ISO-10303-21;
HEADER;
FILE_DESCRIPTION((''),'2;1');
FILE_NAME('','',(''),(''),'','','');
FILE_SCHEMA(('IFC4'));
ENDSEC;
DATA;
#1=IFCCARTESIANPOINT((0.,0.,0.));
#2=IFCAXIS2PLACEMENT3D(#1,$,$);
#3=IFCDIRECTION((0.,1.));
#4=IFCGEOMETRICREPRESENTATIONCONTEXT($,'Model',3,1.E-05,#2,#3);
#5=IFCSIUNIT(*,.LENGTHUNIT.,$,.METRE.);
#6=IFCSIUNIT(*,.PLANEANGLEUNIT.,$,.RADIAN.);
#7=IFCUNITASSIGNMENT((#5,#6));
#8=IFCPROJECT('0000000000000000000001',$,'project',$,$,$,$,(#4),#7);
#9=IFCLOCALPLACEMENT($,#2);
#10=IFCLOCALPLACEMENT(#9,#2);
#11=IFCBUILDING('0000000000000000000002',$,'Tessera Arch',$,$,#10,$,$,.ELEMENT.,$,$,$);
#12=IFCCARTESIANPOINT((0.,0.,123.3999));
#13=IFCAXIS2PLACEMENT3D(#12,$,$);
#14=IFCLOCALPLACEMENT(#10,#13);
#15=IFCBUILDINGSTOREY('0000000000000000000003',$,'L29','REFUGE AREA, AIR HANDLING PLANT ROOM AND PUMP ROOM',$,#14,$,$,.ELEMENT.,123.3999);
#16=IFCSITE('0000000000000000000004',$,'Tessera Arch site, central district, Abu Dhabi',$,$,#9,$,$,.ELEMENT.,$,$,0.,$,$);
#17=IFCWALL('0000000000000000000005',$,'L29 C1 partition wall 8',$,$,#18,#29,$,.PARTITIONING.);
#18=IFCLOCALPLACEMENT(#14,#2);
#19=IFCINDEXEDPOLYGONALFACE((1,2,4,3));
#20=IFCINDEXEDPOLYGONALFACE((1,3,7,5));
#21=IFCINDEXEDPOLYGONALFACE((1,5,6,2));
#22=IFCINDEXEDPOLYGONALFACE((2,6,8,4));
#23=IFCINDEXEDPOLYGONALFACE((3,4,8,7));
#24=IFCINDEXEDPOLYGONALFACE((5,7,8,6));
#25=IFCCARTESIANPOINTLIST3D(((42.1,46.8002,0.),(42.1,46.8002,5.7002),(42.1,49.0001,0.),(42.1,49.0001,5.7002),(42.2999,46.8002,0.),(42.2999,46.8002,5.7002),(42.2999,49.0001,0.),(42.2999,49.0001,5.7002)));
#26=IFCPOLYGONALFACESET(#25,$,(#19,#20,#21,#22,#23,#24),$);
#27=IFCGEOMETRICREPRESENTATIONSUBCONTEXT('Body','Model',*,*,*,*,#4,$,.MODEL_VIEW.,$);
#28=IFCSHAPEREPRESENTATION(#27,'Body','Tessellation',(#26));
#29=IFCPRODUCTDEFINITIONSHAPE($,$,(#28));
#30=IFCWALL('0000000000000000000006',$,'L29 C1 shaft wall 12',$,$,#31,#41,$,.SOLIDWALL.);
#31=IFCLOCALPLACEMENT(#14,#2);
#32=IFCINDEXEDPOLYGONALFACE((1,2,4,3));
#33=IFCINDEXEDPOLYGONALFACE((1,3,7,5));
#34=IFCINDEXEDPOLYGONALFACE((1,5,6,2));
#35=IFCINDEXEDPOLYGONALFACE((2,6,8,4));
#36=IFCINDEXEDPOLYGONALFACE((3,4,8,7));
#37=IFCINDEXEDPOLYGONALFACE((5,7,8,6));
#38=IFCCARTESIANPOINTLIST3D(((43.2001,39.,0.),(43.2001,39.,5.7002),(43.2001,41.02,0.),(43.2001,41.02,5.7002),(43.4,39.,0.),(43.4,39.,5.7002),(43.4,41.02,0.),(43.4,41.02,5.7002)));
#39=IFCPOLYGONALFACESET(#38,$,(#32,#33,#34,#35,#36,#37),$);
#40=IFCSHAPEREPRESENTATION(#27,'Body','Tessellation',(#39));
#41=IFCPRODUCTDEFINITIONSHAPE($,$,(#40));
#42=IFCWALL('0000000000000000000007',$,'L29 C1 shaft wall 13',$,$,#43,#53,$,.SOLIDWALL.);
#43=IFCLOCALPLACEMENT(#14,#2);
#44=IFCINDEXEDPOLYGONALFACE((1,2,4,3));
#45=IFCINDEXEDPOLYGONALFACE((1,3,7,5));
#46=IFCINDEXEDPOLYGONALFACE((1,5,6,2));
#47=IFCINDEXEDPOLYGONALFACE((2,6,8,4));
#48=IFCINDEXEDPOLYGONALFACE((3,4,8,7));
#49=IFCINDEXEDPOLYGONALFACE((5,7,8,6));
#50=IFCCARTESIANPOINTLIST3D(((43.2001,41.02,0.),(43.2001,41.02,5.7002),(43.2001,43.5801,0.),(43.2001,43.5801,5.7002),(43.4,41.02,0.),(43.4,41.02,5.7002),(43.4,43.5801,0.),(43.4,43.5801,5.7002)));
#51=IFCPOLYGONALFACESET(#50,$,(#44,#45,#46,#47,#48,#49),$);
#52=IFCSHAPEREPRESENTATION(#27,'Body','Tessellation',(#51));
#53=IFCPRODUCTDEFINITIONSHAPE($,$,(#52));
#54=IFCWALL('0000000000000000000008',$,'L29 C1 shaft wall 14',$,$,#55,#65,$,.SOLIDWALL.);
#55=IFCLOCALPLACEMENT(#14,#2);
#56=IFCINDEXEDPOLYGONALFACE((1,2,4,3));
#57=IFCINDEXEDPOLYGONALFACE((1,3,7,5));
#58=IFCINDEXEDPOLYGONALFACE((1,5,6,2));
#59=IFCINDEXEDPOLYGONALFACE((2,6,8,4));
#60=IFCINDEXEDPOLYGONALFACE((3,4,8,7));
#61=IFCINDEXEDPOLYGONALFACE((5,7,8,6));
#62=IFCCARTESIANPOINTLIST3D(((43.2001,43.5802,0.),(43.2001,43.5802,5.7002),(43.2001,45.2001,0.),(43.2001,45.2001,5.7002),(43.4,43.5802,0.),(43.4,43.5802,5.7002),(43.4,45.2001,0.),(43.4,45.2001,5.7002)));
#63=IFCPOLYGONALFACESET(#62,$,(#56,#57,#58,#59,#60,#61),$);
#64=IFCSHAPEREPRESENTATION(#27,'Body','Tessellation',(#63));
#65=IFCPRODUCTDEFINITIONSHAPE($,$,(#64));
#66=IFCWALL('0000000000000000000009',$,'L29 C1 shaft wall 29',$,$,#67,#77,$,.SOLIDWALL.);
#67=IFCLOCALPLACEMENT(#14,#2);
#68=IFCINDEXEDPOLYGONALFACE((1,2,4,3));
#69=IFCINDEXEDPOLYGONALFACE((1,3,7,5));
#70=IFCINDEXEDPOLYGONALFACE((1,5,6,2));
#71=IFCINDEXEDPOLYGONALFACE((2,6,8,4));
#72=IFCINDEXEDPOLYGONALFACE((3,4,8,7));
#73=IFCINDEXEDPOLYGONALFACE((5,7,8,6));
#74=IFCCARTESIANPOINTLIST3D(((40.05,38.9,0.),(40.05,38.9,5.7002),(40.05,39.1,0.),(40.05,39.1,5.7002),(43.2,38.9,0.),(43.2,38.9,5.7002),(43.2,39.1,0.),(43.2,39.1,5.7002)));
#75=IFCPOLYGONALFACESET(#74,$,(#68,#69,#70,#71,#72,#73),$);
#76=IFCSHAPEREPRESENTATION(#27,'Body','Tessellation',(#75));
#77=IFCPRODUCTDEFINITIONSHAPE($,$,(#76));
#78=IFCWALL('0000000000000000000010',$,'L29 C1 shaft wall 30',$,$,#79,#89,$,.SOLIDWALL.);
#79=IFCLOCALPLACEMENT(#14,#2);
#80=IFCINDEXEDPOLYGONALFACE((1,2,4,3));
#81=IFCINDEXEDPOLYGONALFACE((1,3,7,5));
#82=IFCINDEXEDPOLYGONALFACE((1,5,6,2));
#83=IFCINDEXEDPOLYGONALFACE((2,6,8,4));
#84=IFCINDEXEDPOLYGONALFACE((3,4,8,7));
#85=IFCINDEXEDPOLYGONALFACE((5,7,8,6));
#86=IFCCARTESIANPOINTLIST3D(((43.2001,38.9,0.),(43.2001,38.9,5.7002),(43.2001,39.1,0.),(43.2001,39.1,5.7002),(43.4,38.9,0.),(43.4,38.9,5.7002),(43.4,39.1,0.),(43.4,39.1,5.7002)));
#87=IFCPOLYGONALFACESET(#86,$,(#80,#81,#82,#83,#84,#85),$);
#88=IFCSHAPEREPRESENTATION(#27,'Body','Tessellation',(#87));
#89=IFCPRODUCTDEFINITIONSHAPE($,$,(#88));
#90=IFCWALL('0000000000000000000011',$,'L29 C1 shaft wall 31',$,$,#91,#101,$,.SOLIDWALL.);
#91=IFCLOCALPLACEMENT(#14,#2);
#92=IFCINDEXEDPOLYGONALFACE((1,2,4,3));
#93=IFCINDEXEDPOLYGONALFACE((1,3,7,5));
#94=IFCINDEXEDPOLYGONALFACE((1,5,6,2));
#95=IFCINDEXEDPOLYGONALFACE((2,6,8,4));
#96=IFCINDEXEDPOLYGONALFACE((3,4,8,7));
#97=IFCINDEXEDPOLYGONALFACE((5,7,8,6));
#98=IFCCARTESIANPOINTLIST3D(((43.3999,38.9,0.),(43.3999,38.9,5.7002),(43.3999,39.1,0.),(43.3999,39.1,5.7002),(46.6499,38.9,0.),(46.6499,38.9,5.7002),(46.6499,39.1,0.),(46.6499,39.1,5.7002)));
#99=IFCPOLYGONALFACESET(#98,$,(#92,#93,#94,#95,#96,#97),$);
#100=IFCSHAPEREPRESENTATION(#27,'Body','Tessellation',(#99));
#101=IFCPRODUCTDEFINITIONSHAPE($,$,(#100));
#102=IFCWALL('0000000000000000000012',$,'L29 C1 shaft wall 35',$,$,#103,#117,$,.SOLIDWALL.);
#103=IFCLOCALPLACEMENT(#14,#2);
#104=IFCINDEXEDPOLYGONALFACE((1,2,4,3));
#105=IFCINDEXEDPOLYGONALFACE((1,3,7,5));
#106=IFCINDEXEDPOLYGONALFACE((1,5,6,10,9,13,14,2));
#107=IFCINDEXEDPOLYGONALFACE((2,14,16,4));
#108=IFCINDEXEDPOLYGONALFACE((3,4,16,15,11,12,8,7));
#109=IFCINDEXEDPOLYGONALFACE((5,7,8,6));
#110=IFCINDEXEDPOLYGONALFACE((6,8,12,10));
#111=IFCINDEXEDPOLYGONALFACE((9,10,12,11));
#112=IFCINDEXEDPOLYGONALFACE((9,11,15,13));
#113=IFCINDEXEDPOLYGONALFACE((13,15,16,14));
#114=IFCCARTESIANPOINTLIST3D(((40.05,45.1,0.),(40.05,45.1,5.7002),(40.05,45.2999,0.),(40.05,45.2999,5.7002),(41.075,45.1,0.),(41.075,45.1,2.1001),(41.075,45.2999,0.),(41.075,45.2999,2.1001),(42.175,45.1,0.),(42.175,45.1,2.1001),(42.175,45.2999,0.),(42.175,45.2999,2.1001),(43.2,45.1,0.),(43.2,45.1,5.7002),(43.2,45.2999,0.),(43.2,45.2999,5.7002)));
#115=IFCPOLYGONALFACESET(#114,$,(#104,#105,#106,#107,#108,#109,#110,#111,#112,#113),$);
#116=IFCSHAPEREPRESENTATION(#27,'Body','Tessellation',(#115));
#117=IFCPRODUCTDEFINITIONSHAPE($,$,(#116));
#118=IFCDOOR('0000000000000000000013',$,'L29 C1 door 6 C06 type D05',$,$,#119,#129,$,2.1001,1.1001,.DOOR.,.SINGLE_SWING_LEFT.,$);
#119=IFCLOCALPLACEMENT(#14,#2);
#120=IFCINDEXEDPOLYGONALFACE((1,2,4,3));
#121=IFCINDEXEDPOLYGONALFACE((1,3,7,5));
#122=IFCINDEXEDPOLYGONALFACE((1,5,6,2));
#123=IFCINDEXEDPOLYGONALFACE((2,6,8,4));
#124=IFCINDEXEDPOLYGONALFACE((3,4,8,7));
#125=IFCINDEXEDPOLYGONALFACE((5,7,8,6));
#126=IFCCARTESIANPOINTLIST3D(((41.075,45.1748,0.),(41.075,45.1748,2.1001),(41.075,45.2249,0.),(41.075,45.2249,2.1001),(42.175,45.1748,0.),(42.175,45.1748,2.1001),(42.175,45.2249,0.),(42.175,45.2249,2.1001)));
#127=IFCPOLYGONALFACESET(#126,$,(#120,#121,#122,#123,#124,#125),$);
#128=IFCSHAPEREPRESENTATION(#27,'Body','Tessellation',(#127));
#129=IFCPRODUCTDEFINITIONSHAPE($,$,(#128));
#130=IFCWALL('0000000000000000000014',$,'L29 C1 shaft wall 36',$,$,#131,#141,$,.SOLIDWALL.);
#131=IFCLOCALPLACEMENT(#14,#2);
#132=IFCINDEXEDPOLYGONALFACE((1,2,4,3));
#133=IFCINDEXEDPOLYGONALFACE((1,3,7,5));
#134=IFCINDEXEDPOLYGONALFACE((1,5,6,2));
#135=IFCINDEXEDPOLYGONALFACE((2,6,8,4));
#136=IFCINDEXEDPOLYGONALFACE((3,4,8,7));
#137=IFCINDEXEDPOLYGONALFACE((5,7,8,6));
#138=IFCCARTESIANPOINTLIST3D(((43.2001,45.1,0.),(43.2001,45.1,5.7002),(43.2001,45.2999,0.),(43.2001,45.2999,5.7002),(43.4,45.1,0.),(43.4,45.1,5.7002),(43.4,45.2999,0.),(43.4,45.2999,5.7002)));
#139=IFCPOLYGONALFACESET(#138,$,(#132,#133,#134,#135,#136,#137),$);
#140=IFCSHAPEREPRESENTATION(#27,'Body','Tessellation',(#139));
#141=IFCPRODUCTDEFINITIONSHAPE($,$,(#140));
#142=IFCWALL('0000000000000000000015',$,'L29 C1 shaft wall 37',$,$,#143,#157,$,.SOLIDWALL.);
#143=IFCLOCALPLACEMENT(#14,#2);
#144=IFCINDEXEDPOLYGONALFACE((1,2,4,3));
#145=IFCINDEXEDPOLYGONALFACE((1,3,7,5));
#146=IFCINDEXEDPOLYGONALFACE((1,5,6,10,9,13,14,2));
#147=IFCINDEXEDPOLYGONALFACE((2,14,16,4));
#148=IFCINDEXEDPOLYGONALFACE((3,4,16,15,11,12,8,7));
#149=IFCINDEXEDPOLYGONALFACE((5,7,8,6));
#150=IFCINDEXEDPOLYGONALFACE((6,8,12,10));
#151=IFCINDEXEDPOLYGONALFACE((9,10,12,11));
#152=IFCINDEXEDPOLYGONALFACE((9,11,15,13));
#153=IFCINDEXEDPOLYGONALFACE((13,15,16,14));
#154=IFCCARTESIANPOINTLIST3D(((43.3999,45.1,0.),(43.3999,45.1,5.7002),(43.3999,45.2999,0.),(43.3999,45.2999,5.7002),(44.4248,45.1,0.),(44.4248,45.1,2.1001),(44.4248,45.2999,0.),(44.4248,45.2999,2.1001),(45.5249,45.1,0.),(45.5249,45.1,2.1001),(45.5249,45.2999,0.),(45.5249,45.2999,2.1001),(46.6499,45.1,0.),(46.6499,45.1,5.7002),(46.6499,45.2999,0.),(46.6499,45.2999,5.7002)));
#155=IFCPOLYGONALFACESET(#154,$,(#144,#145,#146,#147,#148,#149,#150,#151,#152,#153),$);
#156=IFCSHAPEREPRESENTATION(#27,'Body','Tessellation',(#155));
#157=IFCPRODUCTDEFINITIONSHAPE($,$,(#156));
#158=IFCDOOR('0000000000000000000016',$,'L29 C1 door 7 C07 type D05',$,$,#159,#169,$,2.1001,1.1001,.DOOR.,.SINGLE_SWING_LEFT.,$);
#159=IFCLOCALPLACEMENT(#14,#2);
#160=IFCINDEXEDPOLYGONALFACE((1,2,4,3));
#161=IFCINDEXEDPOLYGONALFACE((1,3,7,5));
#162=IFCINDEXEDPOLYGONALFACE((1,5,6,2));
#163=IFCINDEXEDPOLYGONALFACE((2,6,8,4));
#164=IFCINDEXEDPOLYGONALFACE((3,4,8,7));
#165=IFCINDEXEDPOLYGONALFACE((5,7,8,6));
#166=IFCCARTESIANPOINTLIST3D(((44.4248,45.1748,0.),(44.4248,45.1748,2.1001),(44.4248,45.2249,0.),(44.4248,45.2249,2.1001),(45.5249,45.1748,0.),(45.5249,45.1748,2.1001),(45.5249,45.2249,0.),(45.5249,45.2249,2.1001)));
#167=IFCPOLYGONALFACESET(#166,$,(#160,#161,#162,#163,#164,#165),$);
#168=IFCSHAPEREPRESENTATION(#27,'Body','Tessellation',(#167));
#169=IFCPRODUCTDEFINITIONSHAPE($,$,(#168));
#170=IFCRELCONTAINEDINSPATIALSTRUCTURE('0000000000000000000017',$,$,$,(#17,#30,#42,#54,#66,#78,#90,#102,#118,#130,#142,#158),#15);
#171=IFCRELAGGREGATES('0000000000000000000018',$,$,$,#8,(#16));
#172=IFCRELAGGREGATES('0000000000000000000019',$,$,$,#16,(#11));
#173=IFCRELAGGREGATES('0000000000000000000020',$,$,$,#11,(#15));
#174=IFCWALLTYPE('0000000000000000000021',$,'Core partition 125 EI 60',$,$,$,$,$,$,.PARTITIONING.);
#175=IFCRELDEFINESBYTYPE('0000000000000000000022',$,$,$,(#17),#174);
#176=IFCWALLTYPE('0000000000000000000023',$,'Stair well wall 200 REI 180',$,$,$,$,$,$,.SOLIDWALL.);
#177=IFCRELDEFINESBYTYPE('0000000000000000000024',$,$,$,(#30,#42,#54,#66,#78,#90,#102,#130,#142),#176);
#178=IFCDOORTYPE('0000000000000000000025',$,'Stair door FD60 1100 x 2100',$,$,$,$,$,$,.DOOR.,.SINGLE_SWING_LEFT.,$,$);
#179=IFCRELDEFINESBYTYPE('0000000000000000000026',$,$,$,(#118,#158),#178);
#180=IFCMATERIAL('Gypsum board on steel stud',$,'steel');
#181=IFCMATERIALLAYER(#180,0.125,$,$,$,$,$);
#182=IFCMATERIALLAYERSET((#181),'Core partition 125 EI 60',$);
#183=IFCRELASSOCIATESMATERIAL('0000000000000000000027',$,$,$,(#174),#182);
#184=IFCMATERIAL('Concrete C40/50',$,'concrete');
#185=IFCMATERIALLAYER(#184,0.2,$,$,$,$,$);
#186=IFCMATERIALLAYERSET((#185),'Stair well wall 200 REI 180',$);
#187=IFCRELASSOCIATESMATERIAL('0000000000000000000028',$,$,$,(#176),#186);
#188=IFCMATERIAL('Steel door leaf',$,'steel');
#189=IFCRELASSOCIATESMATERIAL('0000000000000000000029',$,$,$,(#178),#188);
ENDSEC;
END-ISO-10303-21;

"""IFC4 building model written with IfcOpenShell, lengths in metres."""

from ifc_helpers import new_model, si_unit, direction, frame, frame_2d, origin, place, context, subcontext, project, spatial, rectangle, extrude, material, layer, layer_set, type_object, element, fill, save


model = new_model("IFC4")

# Units and contexts
model_context = context("Model", 3, precision=1e-05, world=origin(), true_north=direction((0.0, 1.0)))
body_context = subcontext(model_context, "Body", "Model", "MODEL_VIEW")
ifc_project = project(units=[si_unit("LENGTHUNIT", "METRE"), si_unit("PLANEANGLEUNIT", "RADIAN")], contexts=[model_context])

# Site, building, storey
site_placement = place(None, origin())
site = spatial("IfcSite", under=ifc_project, at=site_placement, Name="Tessera Arch site, central district, Abu Dhabi", CompositionType="ELEMENT", RefElevation=0.0)
building_placement = place(site_placement, origin())
building = spatial("IfcBuilding", under=site, at=building_placement, Name="Tessera Arch", CompositionType="ELEMENT")
storey_placement = place(building_placement, frame((0.0, 0.0, 123.3999)))
storey = spatial("IfcBuildingStorey", under=building, at=storey_placement, Name="L29", Description="REFUGE AREA, AIR HANDLING PLANT ROOM AND PUMP ROOM", CompositionType="ELEMENT", Elevation=123.3999)

# Walls
ifc_material_1 = material(Name="Gypsum board on steel stud", Category="steel")
ifc_layer_1 = layer(ifc_material_1, 0.125)
ifc_layer_set_1 = layer_set([ifc_layer_1], Name="Core partition 125 EI 60")
wall_type_1 = type_object("IfcWallType", Name="Core partition 125 EI 60", PredefinedType="PARTITIONING", material=ifc_layer_set_1)
wall_1_placement = place(storey_placement, frame((42.2, 46.8, 0.0), z_axis=(0.0, 0.0, 1.0), x_axis=(0.0, 1.0, 0.0)))
element("IfcWall", 1, at=wall_1_placement, inside=storey, type_object=wall_type_1, Name="L29 C1 partition wall 8", PredefinedType="PARTITIONING", context=body_context, shape_type="SweptSolid", body=[
    extrude(rectangle(XDim=2.2, YDim=0.2, at=frame_2d((1.1001, 0.0))), origin(), (0.0, 0.0, 1.0), 5.7002),
])
ifc_material_2 = material(Name="Concrete C40/50", Category="concrete")
ifc_layer_2 = layer(ifc_material_2, 0.2)
ifc_layer_set_2 = layer_set([ifc_layer_2], Name="Stair well wall 200 REI 180")
wall_type_2 = type_object("IfcWallType", Name="Stair well wall 200 REI 180", PredefinedType="SOLIDWALL", material=ifc_layer_set_2)
wall_2_placement = place(storey_placement, frame((43.3, 39.0, 0.0), z_axis=(0.0, 0.0, 1.0), x_axis=(0.0, 1.0, 0.0)))
element("IfcWall", 2, at=wall_2_placement, inside=storey, type_object=wall_type_2, Name="L29 C1 shaft wall 12", PredefinedType="SOLIDWALL", context=body_context, shape_type="SweptSolid", body=[
    extrude(rectangle(XDim=2.02, YDim=0.2, at=frame_2d((1.01, 0.0))), origin(), (0.0, 0.0, 1.0), 5.7002),
])
wall_3_placement = place(storey_placement, frame((43.3, 41.02, 0.0), z_axis=(0.0, 0.0, 1.0), x_axis=(0.0, 1.0, 0.0)))
element("IfcWall", 3, at=wall_3_placement, inside=storey, type_object=wall_type_2, Name="L29 C1 shaft wall 13", PredefinedType="SOLIDWALL", context=body_context, shape_type="SweptSolid", body=[
    extrude(rectangle(XDim=2.5601, YDim=0.2, at=frame_2d((1.28, 0.0))), origin(), (0.0, 0.0, 1.0), 5.7002),
])
wall_4_placement = place(storey_placement, frame((43.3, 43.5801, 0.0), z_axis=(0.0, 0.0, 1.0), x_axis=(0.0, 1.0, 0.0)))
element("IfcWall", 4, at=wall_4_placement, inside=storey, type_object=wall_type_2, Name="L29 C1 shaft wall 14", PredefinedType="SOLIDWALL", context=body_context, shape_type="SweptSolid", body=[
    extrude(rectangle(XDim=1.6199, YDim=0.2, at=frame_2d((0.8101, 0.0))), origin(), (0.0, 0.0, 1.0), 5.7002),
])
wall_5_placement = place(storey_placement, frame((40.05, 39.0, 0.0), z_axis=(0.0, 0.0, 1.0), x_axis=(1.0, 0.0, 0.0)))
element("IfcWall", 5, at=wall_5_placement, inside=storey, type_object=wall_type_2, Name="L29 C1 shaft wall 29", PredefinedType="SOLIDWALL", context=body_context, shape_type="SweptSolid", body=[
    extrude(rectangle(XDim=3.1499, YDim=0.2, at=frame_2d((1.575, 0.0))), origin(), (0.0, 0.0, 1.0), 5.7002),
])
wall_6_placement = place(storey_placement, frame((43.2, 39.0, 0.0), z_axis=(0.0, 0.0, 1.0), x_axis=(1.0, 0.0, 0.0)))
element("IfcWall", 6, at=wall_6_placement, inside=storey, type_object=wall_type_2, Name="L29 C1 shaft wall 30", PredefinedType="SOLIDWALL", context=body_context, shape_type="SweptSolid", body=[
    extrude(rectangle(XDim=0.2, YDim=0.2, at=frame_2d((0.1001, 0.0))), origin(), (0.0, 0.0, 1.0), 5.7002),
])
wall_7_placement = place(storey_placement, frame((43.3999, 39.0, 0.0), z_axis=(0.0, 0.0, 1.0), x_axis=(1.0, 0.0, 0.0)))
element("IfcWall", 7, at=wall_7_placement, inside=storey, type_object=wall_type_2, Name="L29 C1 shaft wall 31", PredefinedType="SOLIDWALL", context=body_context, shape_type="SweptSolid", body=[
    extrude(rectangle(XDim=3.25, YDim=0.2, at=frame_2d((1.625, 0.0))), origin(), (0.0, 0.0, 1.0), 5.7002),
])

# Wall, opening, door
wall_8_placement = place(storey_placement, frame((40.05, 45.2, 0.0), z_axis=(0.0, 0.0, 1.0), x_axis=(1.0, 0.0, 0.0)))
wall_8 = element("IfcWall", 8, at=wall_8_placement, inside=storey, type_object=wall_type_2, Name="L29 C1 shaft wall 35", PredefinedType="SOLIDWALL", context=body_context, shape_type="SweptSolid", body=[
    extrude(rectangle(XDim=3.1499, YDim=0.2, at=frame_2d((1.575, 0.0))), origin(), (0.0, 0.0, 1.0), 5.7002),
])
opening_1_placement = place(wall_8_placement, frame((1.0249, 0.0, 0.0)))
opening_1 = element("IfcOpeningElement", 9, at=opening_1_placement, cuts=wall_8, PredefinedType="OPENING", context=body_context, shape_type="SweptSolid", body=[
    extrude(rectangle(XDim=1.1001, YDim=2.1001, at=frame_2d((0.55, 1.05))), frame((0.0, 0.1099, 0.0), z_axis=(0.0, -1.0, 0.0), x_axis=(1.0, 0.0, 0.0)), (0.0, 0.0, 1.0), 0.22),
])
ifc_material_3 = material(Name="Steel door leaf", Category="steel")
door_type = type_object("IfcDoorType", Name="Stair door FD60 1100 x 2100", OperationType="SINGLE_SWING_LEFT", PredefinedType="DOOR", material=ifc_material_3)
door_1_placement = place(opening_1_placement, origin())
door_1 = element("IfcDoor", 10, at=door_1_placement, inside=storey, type_object=door_type, Name="L29 C1 door 6 C06 type D05", OperationType="SINGLE_SWING_LEFT", OverallHeight=2.1001, OverallWidth=1.1001, PredefinedType="DOOR", context=body_context, shape_type="SweptSolid", body=[
    extrude(rectangle(XDim=1.1001, YDim=2.1001, at=frame_2d((0.55, 1.05))), frame((0.0, 0.0249, 0.0), z_axis=(0.0, -1.0, 0.0), x_axis=(1.0, 0.0, 0.0)), (0.0, 0.0, 1.0), 0.05),
])
fill(opening_1, door_1)

# Wall
wall_9_placement = place(storey_placement, frame((43.2, 45.2, 0.0), z_axis=(0.0, 0.0, 1.0), x_axis=(1.0, 0.0, 0.0)))
element("IfcWall", 11, at=wall_9_placement, inside=storey, type_object=wall_type_2, Name="L29 C1 shaft wall 36", PredefinedType="SOLIDWALL", context=body_context, shape_type="SweptSolid", body=[
    extrude(rectangle(XDim=0.2, YDim=0.2, at=frame_2d((0.1001, 0.0))), origin(), (0.0, 0.0, 1.0), 5.7002),
])

# Wall, opening, door
wall_10_placement = place(storey_placement, frame((43.3999, 45.2, 0.0), z_axis=(0.0, 0.0, 1.0), x_axis=(1.0, 0.0, 0.0)))
wall_10 = element("IfcWall", 12, at=wall_10_placement, inside=storey, type_object=wall_type_2, Name="L29 C1 shaft wall 37", PredefinedType="SOLIDWALL", context=body_context, shape_type="SweptSolid", body=[
    extrude(rectangle(XDim=3.25, YDim=0.2, at=frame_2d((1.625, 0.0))), origin(), (0.0, 0.0, 1.0), 5.7002),
])
opening_2_placement = place(wall_10_placement, frame((1.0249, 0.0, 0.0)))
opening_2 = element("IfcOpeningElement", 13, at=opening_2_placement, cuts=wall_10, PredefinedType="OPENING", context=body_context, shape_type="SweptSolid", body=[
    extrude(rectangle(XDim=1.1001, YDim=2.1001, at=frame_2d((0.55, 1.05))), frame((0.0, 0.1099, 0.0), z_axis=(0.0, -1.0, 0.0), x_axis=(1.0, 0.0, 0.0)), (0.0, 0.0, 1.0), 0.22),
])
door_2_placement = place(opening_2_placement, origin())
door_2 = element("IfcDoor", 14, at=door_2_placement, inside=storey, type_object=door_type, Name="L29 C1 door 7 C07 type D05", OperationType="SINGLE_SWING_LEFT", OverallHeight=2.1001, OverallWidth=1.1001, PredefinedType="DOOR", context=body_context, shape_type="SweptSolid", body=[
    extrude(rectangle(XDim=1.1001, YDim=2.1001, at=frame_2d((0.55, 1.05))), frame((0.0, 0.0249, 0.0), z_axis=(0.0, -1.0, 0.0), x_axis=(1.0, 0.0, 0.0)), (0.0, 0.0, 1.0), 0.05),
])
fill(opening_2, door_2)

save(model, "model.ifc")
